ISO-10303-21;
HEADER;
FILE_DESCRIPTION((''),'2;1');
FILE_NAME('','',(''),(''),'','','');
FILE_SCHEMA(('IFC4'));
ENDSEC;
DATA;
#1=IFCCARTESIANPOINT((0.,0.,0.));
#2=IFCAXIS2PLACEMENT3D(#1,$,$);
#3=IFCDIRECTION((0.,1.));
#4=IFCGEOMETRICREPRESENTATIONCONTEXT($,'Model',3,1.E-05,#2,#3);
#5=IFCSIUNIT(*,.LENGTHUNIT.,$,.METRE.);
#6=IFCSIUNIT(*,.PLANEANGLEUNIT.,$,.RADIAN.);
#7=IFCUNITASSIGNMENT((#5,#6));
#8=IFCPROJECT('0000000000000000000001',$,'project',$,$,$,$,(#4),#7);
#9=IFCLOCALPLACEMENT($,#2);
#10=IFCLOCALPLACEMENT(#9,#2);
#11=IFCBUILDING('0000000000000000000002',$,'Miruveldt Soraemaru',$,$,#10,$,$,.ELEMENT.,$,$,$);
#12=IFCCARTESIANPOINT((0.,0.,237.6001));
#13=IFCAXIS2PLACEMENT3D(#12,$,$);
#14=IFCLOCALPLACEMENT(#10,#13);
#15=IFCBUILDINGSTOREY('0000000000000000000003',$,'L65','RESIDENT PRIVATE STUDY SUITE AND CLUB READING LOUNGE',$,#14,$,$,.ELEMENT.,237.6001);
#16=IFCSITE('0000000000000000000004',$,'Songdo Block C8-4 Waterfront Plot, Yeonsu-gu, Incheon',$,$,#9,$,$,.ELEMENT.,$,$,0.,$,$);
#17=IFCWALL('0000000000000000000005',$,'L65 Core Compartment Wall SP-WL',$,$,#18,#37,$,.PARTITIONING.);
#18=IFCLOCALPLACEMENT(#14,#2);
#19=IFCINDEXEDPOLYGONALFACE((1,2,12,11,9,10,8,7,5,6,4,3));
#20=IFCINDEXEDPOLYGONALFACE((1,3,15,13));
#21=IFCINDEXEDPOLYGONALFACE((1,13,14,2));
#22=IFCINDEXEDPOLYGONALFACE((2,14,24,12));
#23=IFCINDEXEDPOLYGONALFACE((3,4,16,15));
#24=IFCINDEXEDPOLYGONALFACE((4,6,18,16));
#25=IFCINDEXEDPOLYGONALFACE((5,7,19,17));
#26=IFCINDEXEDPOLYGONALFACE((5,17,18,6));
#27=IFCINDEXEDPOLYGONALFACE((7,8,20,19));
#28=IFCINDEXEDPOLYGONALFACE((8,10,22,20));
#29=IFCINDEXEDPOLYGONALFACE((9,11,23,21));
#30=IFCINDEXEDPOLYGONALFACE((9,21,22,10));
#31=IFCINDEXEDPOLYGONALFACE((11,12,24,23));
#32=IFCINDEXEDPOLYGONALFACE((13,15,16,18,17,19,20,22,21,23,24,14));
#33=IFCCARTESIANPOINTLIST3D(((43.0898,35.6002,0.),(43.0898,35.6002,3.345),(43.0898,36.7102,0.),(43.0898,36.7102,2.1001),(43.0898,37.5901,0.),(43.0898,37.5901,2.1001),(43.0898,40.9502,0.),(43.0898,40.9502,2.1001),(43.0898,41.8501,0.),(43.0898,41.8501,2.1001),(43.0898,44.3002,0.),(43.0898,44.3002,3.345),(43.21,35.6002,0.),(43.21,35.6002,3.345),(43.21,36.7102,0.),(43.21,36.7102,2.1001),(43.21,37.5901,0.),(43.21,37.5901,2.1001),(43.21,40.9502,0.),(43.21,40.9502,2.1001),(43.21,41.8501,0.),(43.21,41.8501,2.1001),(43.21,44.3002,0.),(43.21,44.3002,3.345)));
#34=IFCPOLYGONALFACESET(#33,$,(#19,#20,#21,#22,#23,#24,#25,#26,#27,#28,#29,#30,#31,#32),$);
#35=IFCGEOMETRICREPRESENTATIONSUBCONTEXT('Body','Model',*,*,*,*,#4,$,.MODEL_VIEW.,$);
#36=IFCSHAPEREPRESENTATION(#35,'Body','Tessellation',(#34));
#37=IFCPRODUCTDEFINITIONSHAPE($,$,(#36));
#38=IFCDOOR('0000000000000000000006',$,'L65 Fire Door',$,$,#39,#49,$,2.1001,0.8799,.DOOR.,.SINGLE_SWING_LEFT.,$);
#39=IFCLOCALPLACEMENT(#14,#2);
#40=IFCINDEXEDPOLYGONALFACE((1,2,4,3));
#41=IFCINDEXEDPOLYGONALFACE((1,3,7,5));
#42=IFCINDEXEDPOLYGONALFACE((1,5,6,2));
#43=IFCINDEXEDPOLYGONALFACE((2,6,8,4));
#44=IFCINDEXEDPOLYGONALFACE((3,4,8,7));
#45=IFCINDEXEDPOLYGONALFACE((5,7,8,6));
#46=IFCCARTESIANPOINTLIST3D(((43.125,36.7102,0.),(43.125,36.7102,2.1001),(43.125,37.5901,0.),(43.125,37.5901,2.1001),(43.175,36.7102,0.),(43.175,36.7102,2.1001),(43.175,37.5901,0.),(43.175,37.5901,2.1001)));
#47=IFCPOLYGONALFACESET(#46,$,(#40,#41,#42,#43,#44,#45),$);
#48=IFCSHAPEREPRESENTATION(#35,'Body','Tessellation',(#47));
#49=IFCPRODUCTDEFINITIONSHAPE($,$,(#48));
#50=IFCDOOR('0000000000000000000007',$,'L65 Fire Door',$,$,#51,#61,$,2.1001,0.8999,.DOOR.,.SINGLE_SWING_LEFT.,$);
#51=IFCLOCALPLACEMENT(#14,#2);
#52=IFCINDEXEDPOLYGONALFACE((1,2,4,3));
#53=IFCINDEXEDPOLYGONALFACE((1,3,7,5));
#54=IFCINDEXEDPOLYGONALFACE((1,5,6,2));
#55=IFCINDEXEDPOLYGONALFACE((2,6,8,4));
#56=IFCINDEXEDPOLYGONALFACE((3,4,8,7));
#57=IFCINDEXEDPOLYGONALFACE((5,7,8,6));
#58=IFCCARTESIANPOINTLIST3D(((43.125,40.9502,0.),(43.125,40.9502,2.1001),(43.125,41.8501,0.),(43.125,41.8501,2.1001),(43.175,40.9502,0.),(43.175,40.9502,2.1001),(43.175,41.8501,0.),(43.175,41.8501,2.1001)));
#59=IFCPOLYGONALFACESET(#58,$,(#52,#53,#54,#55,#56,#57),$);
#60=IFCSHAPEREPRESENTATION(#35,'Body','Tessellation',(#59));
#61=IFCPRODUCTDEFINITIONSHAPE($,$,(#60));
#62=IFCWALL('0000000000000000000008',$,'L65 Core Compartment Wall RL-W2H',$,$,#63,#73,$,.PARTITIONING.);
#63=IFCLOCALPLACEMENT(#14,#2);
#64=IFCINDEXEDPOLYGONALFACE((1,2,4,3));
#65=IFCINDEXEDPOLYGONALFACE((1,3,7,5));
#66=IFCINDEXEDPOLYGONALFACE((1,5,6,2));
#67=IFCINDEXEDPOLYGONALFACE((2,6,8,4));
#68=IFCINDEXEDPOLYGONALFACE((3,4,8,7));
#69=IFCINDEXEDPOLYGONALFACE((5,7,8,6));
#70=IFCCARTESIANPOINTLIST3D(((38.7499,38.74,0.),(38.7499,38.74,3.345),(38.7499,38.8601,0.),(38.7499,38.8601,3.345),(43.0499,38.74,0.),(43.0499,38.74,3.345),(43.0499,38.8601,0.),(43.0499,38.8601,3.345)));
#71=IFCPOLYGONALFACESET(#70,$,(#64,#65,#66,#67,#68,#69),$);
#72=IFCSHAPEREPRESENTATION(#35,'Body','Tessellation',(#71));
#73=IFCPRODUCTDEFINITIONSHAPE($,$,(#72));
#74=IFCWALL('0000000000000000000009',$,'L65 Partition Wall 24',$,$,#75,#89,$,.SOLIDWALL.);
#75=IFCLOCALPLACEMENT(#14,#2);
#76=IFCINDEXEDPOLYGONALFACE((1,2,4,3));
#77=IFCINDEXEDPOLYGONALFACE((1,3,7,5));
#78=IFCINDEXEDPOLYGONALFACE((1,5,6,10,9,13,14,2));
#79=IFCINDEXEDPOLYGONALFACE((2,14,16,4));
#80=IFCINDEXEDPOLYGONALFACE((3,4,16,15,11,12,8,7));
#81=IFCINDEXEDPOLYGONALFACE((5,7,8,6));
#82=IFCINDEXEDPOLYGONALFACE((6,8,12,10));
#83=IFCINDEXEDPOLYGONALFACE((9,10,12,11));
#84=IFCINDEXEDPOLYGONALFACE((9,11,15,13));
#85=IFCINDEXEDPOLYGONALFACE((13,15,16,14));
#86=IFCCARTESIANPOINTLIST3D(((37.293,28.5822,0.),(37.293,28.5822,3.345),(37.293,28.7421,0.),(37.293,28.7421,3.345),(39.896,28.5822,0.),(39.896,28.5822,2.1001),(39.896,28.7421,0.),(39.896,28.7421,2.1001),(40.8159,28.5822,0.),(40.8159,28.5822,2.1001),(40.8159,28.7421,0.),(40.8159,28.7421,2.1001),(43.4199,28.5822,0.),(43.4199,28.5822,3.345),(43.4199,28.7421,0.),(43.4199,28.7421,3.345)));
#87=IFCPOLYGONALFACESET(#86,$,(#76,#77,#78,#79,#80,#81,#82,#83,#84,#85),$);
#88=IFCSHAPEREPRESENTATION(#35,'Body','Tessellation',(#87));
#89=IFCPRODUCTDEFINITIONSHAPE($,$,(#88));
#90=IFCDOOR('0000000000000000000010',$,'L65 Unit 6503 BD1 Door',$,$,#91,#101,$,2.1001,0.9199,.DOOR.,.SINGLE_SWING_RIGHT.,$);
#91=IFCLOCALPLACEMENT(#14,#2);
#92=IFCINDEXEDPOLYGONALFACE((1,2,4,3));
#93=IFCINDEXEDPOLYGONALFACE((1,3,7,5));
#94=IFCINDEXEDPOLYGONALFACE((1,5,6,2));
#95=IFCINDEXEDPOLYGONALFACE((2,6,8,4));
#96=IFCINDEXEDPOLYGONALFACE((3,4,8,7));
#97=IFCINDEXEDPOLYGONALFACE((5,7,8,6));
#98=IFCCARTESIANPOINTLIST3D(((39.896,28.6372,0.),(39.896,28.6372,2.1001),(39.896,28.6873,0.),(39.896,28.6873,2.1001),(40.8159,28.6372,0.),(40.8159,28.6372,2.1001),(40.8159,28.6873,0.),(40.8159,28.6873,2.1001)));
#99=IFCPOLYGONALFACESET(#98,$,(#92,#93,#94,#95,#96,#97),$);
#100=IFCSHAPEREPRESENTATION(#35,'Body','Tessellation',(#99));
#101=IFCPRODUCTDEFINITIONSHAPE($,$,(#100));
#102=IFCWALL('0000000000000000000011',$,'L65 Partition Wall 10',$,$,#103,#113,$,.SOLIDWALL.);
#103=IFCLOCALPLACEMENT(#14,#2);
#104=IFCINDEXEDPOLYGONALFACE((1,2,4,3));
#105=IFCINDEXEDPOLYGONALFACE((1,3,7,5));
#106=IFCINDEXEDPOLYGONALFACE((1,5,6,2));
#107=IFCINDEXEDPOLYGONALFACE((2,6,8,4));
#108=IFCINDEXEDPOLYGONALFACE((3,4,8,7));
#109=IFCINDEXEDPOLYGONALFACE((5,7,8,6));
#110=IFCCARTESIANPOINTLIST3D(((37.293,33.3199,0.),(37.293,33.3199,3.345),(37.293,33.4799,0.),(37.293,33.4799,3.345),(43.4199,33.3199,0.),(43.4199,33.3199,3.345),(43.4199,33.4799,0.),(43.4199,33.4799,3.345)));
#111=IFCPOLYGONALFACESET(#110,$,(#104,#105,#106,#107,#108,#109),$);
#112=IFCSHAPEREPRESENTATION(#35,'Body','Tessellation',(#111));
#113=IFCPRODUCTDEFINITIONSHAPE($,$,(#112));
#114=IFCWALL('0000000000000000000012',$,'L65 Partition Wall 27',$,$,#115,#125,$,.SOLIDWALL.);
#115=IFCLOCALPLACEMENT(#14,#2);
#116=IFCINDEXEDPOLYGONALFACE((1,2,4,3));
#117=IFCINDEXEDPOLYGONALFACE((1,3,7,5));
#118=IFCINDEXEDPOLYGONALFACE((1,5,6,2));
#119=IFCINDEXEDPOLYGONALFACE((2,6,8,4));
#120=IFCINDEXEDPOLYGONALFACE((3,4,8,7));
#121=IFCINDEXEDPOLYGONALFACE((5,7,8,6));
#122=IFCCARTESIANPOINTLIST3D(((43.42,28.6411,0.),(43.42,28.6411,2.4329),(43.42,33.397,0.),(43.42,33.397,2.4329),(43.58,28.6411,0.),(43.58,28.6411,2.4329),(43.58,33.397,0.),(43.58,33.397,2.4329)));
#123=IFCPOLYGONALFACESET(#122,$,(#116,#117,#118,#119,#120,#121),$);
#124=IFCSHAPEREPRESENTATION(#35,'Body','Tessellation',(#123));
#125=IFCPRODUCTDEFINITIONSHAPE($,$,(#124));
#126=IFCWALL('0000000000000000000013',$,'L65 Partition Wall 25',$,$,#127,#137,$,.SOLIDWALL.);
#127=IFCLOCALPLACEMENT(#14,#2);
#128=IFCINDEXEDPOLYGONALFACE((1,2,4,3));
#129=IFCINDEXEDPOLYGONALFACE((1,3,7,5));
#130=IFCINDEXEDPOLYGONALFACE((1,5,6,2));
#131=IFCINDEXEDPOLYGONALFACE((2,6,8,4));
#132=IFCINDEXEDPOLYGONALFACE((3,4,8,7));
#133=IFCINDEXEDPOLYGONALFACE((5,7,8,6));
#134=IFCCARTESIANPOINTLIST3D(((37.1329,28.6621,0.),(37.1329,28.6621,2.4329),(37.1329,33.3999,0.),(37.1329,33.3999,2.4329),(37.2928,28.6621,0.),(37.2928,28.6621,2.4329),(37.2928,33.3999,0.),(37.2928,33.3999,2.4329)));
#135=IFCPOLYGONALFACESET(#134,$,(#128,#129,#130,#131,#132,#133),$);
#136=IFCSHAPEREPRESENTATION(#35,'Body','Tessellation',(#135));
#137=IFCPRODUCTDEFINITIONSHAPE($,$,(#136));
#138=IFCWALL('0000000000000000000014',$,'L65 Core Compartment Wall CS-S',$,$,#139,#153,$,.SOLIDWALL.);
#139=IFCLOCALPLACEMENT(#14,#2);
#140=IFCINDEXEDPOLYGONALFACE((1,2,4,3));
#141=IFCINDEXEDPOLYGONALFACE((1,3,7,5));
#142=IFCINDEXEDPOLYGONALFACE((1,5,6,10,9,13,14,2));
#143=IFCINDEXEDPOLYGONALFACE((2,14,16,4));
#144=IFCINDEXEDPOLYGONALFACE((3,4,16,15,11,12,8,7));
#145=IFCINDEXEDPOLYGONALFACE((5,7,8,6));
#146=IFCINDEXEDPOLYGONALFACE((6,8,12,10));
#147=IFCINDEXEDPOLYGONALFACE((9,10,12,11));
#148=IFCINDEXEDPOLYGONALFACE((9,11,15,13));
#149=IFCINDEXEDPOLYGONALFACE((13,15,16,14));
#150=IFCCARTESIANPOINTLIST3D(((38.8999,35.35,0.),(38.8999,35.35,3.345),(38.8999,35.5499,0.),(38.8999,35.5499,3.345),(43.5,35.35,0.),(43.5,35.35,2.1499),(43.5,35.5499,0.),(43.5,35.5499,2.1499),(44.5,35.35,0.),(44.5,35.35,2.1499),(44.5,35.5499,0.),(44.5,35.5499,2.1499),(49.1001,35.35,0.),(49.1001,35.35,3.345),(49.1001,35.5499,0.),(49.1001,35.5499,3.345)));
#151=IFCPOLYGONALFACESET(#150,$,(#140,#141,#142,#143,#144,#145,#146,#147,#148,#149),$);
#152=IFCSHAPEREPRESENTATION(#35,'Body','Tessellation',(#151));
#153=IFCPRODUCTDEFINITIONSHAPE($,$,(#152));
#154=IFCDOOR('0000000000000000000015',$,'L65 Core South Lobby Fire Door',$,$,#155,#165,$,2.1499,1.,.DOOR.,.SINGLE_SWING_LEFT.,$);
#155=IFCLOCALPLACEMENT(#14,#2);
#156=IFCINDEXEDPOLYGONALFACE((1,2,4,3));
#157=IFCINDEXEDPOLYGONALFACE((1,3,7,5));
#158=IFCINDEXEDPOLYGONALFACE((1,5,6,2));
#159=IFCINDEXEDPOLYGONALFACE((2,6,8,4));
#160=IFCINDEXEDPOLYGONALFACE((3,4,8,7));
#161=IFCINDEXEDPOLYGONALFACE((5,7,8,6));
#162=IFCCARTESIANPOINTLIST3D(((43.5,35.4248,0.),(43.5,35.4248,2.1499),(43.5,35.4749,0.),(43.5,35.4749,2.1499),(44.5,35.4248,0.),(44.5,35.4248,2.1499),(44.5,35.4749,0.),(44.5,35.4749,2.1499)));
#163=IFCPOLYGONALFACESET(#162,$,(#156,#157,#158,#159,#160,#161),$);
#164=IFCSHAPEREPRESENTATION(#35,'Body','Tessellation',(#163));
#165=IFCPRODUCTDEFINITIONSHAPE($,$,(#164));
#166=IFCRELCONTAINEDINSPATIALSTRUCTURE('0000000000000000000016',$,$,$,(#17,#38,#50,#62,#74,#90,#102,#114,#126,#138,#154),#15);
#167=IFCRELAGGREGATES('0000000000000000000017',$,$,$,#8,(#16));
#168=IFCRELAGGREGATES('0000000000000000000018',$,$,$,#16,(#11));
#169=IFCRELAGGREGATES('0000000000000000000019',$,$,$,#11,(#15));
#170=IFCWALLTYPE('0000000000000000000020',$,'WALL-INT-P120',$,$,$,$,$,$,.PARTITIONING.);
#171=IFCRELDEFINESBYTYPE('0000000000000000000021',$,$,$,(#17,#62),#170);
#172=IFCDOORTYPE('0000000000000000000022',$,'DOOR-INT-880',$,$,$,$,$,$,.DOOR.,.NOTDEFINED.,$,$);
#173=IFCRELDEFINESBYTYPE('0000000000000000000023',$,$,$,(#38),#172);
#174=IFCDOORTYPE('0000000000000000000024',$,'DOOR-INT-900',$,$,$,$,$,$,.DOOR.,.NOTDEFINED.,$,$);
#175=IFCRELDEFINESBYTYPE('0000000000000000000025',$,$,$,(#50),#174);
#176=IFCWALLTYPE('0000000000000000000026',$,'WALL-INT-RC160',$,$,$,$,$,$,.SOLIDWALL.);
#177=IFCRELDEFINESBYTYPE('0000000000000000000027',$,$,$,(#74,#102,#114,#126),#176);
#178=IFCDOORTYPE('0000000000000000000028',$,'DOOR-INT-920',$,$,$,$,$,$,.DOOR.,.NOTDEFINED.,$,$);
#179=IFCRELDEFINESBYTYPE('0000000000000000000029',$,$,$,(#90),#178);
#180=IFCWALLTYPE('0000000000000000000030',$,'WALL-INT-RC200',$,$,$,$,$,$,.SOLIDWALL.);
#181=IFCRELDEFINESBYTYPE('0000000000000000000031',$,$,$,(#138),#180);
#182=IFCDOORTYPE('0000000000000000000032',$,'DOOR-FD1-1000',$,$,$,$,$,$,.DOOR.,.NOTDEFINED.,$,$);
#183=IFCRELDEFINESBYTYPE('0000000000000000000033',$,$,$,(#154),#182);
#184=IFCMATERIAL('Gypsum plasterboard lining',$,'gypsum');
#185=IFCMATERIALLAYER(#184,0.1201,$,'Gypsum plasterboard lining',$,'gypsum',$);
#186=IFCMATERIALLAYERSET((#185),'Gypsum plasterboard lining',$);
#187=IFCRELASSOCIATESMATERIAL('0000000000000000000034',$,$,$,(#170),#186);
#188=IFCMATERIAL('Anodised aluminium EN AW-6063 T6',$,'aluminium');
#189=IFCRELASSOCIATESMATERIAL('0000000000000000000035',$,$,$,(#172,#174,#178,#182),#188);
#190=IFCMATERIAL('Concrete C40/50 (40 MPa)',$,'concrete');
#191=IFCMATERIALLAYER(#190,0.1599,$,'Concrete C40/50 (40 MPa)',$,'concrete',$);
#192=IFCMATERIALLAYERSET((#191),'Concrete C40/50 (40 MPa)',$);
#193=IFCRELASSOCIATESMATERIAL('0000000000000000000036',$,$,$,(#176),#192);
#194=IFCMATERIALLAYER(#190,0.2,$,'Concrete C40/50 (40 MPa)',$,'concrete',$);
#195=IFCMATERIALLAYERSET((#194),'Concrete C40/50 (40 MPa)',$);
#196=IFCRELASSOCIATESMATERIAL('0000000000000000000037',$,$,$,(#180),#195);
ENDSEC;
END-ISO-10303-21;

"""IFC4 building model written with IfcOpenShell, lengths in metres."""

from ifc_helpers import new_model, si_unit, direction, frame, frame_2d, origin, place, context, subcontext, project, spatial, rectangle, extrude, material, layer, layer_set, type_object, element, fill, save


model = new_model("IFC4")

# Units and contexts
model_context = context("Model", 3, precision=1e-05, world=origin(), true_north=direction((0.0, 1.0)))
body_context = subcontext(model_context, "Body", "Model", "MODEL_VIEW")
ifc_project = project(units=[si_unit("LENGTHUNIT", "METRE"), si_unit("PLANEANGLEUNIT", "RADIAN")], contexts=[model_context])

# Site, building, storey
site_placement = place(None, origin())
site = spatial("IfcSite", under=ifc_project, at=site_placement, Name="Songdo Block C8-4 Waterfront Plot, Yeonsu-gu, Incheon", CompositionType="ELEMENT", RefElevation=0.0)
building_placement = place(site_placement, origin())
building = spatial("IfcBuilding", under=site, at=building_placement, Name="Miruveldt Soraemaru", CompositionType="ELEMENT")
storey_placement = place(building_placement, frame((0.0, 0.0, 237.6001)))
storey = spatial("IfcBuildingStorey", under=building, at=storey_placement, Name="L65", Description="RESIDENT PRIVATE STUDY SUITE AND CLUB READING LOUNGE", CompositionType="ELEMENT", Elevation=237.6001)

# Wall, openings, doors
ifc_material_1 = material(Name="Gypsum plasterboard lining", Category="gypsum")
ifc_layer_1 = layer(ifc_material_1, 0.1201, Name="Gypsum plasterboard lining", Category="gypsum")
ifc_layer_set_1 = layer_set([ifc_layer_1], Name="Gypsum plasterboard lining")
wall_type_1 = type_object("IfcWallType", Name="WALL-INT-P120", PredefinedType="PARTITIONING", material=ifc_layer_set_1)
wall_1_placement = place(storey_placement, frame((43.1499, 35.6001, 0.0), z_axis=(0.0, 0.0, 1.0), x_axis=(0.0, 1.0, 0.0)))
wall_1 = element("IfcWall", 1, at=wall_1_placement, inside=storey, type_object=wall_type_1, Name="L65 Core Compartment Wall SP-WL", PredefinedType="PARTITIONING", context=body_context, shape_type="SweptSolid", body=[
    extrude(rectangle(XDim=8.7, YDim=0.1201, at=frame_2d((4.3501, 0.0))), origin(), (0.0, 0.0, 1.0), 3.345),
])
opening_1_placement = place(wall_1_placement, frame((1.1101, 0.0, 0.0)))
opening_1 = element("IfcOpeningElement", 2, at=opening_1_placement, cuts=wall_1, PredefinedType="OPENING", context=body_context, shape_type="SweptSolid", body=[
    extrude(rectangle(XDim=0.8799, YDim=2.1001, at=frame_2d((0.4399, 1.05))), frame((0.0, 0.0701, 0.0), z_axis=(0.0, -1.0, 0.0), x_axis=(1.0, 0.0, 0.0)), (0.0, 0.0, 1.0), 0.1401),
])
opening_2_placement = place(wall_1_placement, frame((5.3501, 0.0, 0.0)))
opening_2 = element("IfcOpeningElement", 3, at=opening_2_placement, cuts=wall_1, PredefinedType="OPENING", context=body_context, shape_type="SweptSolid", body=[
    extrude(rectangle(XDim=0.8999, YDim=2.1001, at=frame_2d((0.45, 1.05))), frame((0.0, 0.0701, 0.0), z_axis=(0.0, -1.0, 0.0), x_axis=(1.0, 0.0, 0.0)), (0.0, 0.0, 1.0), 0.1401),
])
ifc_material_2 = material(Name="Anodised aluminium EN AW-6063 T6", Category="aluminium")
door_type_1 = type_object("IfcDoorType", Name="DOOR-INT-880", OperationType="NOTDEFINED", PredefinedType="DOOR", material=ifc_material_2)
door_1_placement = place(opening_1_placement, origin())
door_1 = element("IfcDoor", 4, at=door_1_placement, inside=storey, type_object=door_type_1, Name="L65 Fire Door", OperationType="SINGLE_SWING_LEFT", OverallHeight=2.1001, OverallWidth=0.8799, PredefinedType="DOOR", context=body_context, shape_type="SweptSolid", body=[
    extrude(rectangle(XDim=0.8799, YDim=2.1001, at=frame_2d((0.4399, 1.05))), frame((0.0, 0.0249, 0.0), z_axis=(0.0, -1.0, 0.0), x_axis=(1.0, 0.0, 0.0)), (0.0, 0.0, 1.0), 0.05),
])
fill(opening_1, door_1)
door_type_2 = type_object("IfcDoorType", Name="DOOR-INT-900", OperationType="NOTDEFINED", PredefinedType="DOOR", material=ifc_material_2)
door_2_placement = place(opening_2_placement, origin())
door_2 = element("IfcDoor", 5, at=door_2_placement, inside=storey, type_object=door_type_2, Name="L65 Fire Door", OperationType="SINGLE_SWING_LEFT", OverallHeight=2.1001, OverallWidth=0.8999, PredefinedType="DOOR", context=body_context, shape_type="SweptSolid", body=[
    extrude(rectangle(XDim=0.8999, YDim=2.1001, at=frame_2d((0.45, 1.05))), frame((0.0, 0.0249, 0.0), z_axis=(0.0, -1.0, 0.0), x_axis=(1.0, 0.0, 0.0)), (0.0, 0.0, 1.0), 0.05),
])
fill(opening_2, door_2)

# Wall
wall_2_placement = place(storey_placement, frame((38.75, 38.8, 0.0), z_axis=(0.0, 0.0, 1.0), x_axis=(1.0, 0.0, 0.0)))
element("IfcWall", 6, at=wall_2_placement, inside=storey, type_object=wall_type_1, Name="L65 Core Compartment Wall RL-W2H", PredefinedType="PARTITIONING", context=body_context, shape_type="SweptSolid", body=[
    extrude(rectangle(XDim=4.3, YDim=0.1201, at=frame_2d((2.1499, 0.0))), origin(), (0.0, 0.0, 1.0), 3.345),
])

# Wall, opening, door
ifc_material_3 = material(Name="Concrete C40/50 (40 MPa)", Category="concrete")
ifc_layer_2 = layer(ifc_material_3, 0.1599, Name="Concrete C40/50 (40 MPa)", Category="concrete")
ifc_layer_set_2 = layer_set([ifc_layer_2], Name="Concrete C40/50 (40 MPa)")
wall_type_2 = type_object("IfcWallType", Name="WALL-INT-RC160", PredefinedType="SOLIDWALL", material=ifc_layer_set_2)
wall_3_placement = place(storey_placement, frame((43.4199, 28.6621, 0.0), z_axis=(0.0, 0.0, 1.0), x_axis=(-1.0, 0.0, 0.0)))
wall_3 = element("IfcWall", 7, at=wall_3_placement, inside=storey, type_object=wall_type_2, Name="L65 Partition Wall 24", PredefinedType="SOLIDWALL", context=body_context, shape_type="SweptSolid", body=[
    extrude(rectangle(XDim=6.127, YDim=0.1599, at=frame_2d((3.0635, 0.0))), origin(), (0.0, 0.0, 1.0), 3.345),
])
opening_3_placement = place(wall_3_placement, frame((2.604, 0.0, 0.0)))
opening_3 = element("IfcOpeningElement", 8, at=opening_3_placement, cuts=wall_3, PredefinedType="OPENING", context=body_context, shape_type="SweptSolid", body=[
    extrude(rectangle(XDim=0.9199, YDim=2.1001, at=frame_2d((0.46, 1.05))), frame((0.0, 0.0898, 0.0), z_axis=(0.0, -1.0, 0.0), x_axis=(1.0, 0.0, 0.0)), (0.0, 0.0, 1.0), 0.1799),
])
door_type_3 = type_object("IfcDoorType", Name="DOOR-INT-920", OperationType="NOTDEFINED", PredefinedType="DOOR", material=ifc_material_2)
door_3_placement = place(opening_3_placement, origin())
door_3 = element("IfcDoor", 9, at=door_3_placement, inside=storey, type_object=door_type_3, Name="L65 Unit 6503 BD1 Door", OperationType="SINGLE_SWING_RIGHT", OverallHeight=2.1001, OverallWidth=0.9199, PredefinedType="DOOR", context=body_context, shape_type="SweptSolid", body=[
    extrude(rectangle(XDim=0.9199, YDim=2.1001, at=frame_2d((0.46, 1.05))), frame((0.0, 0.0249, 0.0), z_axis=(0.0, -1.0, 0.0), x_axis=(1.0, 0.0, 0.0)), (0.0, 0.0, 1.0), 0.05),
])
fill(opening_3, door_3)

# Walls
wall_4_placement = place(storey_placement, frame((37.293, 33.3999, 0.0), z_axis=(0.0, 0.0, 1.0), x_axis=(1.0, 0.0, 0.0)))
element("IfcWall", 10, at=wall_4_placement, inside=storey, type_object=wall_type_2, Name="L65 Partition Wall 10", PredefinedType="SOLIDWALL", context=body_context, shape_type="SweptSolid", body=[
    extrude(rectangle(XDim=6.127, YDim=0.1599, at=frame_2d((3.0635, 0.0))), origin(), (0.0, 0.0, 1.0), 3.345),
])
wall_5_placement = place(storey_placement, frame((43.5, 28.6411, 0.0), z_axis=(0.0, 0.0, 1.0), x_axis=(0.0, 1.0, 0.0)))
element("IfcWall", 11, at=wall_5_placement, inside=storey, type_object=wall_type_2, Name="L65 Partition Wall 27", PredefinedType="SOLIDWALL", context=body_context, shape_type="SweptSolid", body=[
    extrude(rectangle(XDim=4.7559, YDim=0.1599, at=frame_2d((2.3779, 0.0))), origin(), (0.0, 0.0, 1.0), 2.4329),
])
wall_6_placement = place(storey_placement, frame((37.2129, 28.6621, 0.0), z_axis=(0.0, 0.0, 1.0), x_axis=(0.0, 1.0, 0.0)))
element("IfcWall", 12, at=wall_6_placement, inside=storey, type_object=wall_type_2, Name="L65 Partition Wall 25", PredefinedType="SOLIDWALL", context=body_context, shape_type="SweptSolid", body=[
    extrude(rectangle(XDim=4.7378, YDim=0.1599, at=frame_2d((2.3689, 0.0))), origin(), (0.0, 0.0, 1.0), 2.4329),
])

# Wall, opening, door
ifc_layer_3 = layer(ifc_material_3, 0.2, Name="Concrete C40/50 (40 MPa)", Category="concrete")
ifc_layer_set_3 = layer_set([ifc_layer_3], Name="Concrete C40/50 (40 MPa)")
wall_type_3 = type_object("IfcWallType", Name="WALL-INT-RC200", PredefinedType="SOLIDWALL", material=ifc_layer_set_3)
wall_7_placement = place(storey_placement, frame((38.8999, 35.45, 0.0), z_axis=(0.0, 0.0, 1.0), x_axis=(1.0, 0.0, 0.0)))
wall_7 = element("IfcWall", 13, at=wall_7_placement, inside=storey, type_object=wall_type_3, Name="L65 Core Compartment Wall CS-S", PredefinedType="SOLIDWALL", context=body_context, shape_type="SweptSolid", body=[
    extrude(rectangle(XDim=10.2002, YDim=0.2, at=frame_2d((5.1001, 0.0))), origin(), (0.0, 0.0, 1.0), 3.345),
])
opening_4_placement = place(wall_7_placement, frame((4.6001, 0.0, 0.0)))
opening_4 = element("IfcOpeningElement", 14, at=opening_4_placement, cuts=wall_7, PredefinedType="OPENING", context=body_context, shape_type="SweptSolid", body=[
    extrude(rectangle(XDim=1.0, YDim=2.1499, at=frame_2d((0.5, 1.075))), frame((0.0, 0.1099, 0.0), z_axis=(0.0, -1.0, 0.0), x_axis=(1.0, 0.0, 0.0)), (0.0, 0.0, 1.0), 0.22),
])
door_type_4 = type_object("IfcDoorType", Name="DOOR-FD1-1000", OperationType="NOTDEFINED", PredefinedType="DOOR", material=ifc_material_2)
door_4_placement = place(opening_4_placement, origin())
door_4 = element("IfcDoor", 15, at=door_4_placement, inside=storey, type_object=door_type_4, Name="L65 Core South Lobby Fire Door", OperationType="SINGLE_SWING_LEFT", OverallHeight=2.1499, OverallWidth=1.0, PredefinedType="DOOR", context=body_context, shape_type="SweptSolid", body=[
    extrude(rectangle(XDim=1.0, YDim=2.1499, at=frame_2d((0.5, 1.075))), frame((0.0, 0.0249, 0.0), z_axis=(0.0, -1.0, 0.0), x_axis=(1.0, 0.0, 0.0)), (0.0, 0.0, 1.0), 0.05),
])
fill(opening_4, door_4)

save(model, "model.ifc")
